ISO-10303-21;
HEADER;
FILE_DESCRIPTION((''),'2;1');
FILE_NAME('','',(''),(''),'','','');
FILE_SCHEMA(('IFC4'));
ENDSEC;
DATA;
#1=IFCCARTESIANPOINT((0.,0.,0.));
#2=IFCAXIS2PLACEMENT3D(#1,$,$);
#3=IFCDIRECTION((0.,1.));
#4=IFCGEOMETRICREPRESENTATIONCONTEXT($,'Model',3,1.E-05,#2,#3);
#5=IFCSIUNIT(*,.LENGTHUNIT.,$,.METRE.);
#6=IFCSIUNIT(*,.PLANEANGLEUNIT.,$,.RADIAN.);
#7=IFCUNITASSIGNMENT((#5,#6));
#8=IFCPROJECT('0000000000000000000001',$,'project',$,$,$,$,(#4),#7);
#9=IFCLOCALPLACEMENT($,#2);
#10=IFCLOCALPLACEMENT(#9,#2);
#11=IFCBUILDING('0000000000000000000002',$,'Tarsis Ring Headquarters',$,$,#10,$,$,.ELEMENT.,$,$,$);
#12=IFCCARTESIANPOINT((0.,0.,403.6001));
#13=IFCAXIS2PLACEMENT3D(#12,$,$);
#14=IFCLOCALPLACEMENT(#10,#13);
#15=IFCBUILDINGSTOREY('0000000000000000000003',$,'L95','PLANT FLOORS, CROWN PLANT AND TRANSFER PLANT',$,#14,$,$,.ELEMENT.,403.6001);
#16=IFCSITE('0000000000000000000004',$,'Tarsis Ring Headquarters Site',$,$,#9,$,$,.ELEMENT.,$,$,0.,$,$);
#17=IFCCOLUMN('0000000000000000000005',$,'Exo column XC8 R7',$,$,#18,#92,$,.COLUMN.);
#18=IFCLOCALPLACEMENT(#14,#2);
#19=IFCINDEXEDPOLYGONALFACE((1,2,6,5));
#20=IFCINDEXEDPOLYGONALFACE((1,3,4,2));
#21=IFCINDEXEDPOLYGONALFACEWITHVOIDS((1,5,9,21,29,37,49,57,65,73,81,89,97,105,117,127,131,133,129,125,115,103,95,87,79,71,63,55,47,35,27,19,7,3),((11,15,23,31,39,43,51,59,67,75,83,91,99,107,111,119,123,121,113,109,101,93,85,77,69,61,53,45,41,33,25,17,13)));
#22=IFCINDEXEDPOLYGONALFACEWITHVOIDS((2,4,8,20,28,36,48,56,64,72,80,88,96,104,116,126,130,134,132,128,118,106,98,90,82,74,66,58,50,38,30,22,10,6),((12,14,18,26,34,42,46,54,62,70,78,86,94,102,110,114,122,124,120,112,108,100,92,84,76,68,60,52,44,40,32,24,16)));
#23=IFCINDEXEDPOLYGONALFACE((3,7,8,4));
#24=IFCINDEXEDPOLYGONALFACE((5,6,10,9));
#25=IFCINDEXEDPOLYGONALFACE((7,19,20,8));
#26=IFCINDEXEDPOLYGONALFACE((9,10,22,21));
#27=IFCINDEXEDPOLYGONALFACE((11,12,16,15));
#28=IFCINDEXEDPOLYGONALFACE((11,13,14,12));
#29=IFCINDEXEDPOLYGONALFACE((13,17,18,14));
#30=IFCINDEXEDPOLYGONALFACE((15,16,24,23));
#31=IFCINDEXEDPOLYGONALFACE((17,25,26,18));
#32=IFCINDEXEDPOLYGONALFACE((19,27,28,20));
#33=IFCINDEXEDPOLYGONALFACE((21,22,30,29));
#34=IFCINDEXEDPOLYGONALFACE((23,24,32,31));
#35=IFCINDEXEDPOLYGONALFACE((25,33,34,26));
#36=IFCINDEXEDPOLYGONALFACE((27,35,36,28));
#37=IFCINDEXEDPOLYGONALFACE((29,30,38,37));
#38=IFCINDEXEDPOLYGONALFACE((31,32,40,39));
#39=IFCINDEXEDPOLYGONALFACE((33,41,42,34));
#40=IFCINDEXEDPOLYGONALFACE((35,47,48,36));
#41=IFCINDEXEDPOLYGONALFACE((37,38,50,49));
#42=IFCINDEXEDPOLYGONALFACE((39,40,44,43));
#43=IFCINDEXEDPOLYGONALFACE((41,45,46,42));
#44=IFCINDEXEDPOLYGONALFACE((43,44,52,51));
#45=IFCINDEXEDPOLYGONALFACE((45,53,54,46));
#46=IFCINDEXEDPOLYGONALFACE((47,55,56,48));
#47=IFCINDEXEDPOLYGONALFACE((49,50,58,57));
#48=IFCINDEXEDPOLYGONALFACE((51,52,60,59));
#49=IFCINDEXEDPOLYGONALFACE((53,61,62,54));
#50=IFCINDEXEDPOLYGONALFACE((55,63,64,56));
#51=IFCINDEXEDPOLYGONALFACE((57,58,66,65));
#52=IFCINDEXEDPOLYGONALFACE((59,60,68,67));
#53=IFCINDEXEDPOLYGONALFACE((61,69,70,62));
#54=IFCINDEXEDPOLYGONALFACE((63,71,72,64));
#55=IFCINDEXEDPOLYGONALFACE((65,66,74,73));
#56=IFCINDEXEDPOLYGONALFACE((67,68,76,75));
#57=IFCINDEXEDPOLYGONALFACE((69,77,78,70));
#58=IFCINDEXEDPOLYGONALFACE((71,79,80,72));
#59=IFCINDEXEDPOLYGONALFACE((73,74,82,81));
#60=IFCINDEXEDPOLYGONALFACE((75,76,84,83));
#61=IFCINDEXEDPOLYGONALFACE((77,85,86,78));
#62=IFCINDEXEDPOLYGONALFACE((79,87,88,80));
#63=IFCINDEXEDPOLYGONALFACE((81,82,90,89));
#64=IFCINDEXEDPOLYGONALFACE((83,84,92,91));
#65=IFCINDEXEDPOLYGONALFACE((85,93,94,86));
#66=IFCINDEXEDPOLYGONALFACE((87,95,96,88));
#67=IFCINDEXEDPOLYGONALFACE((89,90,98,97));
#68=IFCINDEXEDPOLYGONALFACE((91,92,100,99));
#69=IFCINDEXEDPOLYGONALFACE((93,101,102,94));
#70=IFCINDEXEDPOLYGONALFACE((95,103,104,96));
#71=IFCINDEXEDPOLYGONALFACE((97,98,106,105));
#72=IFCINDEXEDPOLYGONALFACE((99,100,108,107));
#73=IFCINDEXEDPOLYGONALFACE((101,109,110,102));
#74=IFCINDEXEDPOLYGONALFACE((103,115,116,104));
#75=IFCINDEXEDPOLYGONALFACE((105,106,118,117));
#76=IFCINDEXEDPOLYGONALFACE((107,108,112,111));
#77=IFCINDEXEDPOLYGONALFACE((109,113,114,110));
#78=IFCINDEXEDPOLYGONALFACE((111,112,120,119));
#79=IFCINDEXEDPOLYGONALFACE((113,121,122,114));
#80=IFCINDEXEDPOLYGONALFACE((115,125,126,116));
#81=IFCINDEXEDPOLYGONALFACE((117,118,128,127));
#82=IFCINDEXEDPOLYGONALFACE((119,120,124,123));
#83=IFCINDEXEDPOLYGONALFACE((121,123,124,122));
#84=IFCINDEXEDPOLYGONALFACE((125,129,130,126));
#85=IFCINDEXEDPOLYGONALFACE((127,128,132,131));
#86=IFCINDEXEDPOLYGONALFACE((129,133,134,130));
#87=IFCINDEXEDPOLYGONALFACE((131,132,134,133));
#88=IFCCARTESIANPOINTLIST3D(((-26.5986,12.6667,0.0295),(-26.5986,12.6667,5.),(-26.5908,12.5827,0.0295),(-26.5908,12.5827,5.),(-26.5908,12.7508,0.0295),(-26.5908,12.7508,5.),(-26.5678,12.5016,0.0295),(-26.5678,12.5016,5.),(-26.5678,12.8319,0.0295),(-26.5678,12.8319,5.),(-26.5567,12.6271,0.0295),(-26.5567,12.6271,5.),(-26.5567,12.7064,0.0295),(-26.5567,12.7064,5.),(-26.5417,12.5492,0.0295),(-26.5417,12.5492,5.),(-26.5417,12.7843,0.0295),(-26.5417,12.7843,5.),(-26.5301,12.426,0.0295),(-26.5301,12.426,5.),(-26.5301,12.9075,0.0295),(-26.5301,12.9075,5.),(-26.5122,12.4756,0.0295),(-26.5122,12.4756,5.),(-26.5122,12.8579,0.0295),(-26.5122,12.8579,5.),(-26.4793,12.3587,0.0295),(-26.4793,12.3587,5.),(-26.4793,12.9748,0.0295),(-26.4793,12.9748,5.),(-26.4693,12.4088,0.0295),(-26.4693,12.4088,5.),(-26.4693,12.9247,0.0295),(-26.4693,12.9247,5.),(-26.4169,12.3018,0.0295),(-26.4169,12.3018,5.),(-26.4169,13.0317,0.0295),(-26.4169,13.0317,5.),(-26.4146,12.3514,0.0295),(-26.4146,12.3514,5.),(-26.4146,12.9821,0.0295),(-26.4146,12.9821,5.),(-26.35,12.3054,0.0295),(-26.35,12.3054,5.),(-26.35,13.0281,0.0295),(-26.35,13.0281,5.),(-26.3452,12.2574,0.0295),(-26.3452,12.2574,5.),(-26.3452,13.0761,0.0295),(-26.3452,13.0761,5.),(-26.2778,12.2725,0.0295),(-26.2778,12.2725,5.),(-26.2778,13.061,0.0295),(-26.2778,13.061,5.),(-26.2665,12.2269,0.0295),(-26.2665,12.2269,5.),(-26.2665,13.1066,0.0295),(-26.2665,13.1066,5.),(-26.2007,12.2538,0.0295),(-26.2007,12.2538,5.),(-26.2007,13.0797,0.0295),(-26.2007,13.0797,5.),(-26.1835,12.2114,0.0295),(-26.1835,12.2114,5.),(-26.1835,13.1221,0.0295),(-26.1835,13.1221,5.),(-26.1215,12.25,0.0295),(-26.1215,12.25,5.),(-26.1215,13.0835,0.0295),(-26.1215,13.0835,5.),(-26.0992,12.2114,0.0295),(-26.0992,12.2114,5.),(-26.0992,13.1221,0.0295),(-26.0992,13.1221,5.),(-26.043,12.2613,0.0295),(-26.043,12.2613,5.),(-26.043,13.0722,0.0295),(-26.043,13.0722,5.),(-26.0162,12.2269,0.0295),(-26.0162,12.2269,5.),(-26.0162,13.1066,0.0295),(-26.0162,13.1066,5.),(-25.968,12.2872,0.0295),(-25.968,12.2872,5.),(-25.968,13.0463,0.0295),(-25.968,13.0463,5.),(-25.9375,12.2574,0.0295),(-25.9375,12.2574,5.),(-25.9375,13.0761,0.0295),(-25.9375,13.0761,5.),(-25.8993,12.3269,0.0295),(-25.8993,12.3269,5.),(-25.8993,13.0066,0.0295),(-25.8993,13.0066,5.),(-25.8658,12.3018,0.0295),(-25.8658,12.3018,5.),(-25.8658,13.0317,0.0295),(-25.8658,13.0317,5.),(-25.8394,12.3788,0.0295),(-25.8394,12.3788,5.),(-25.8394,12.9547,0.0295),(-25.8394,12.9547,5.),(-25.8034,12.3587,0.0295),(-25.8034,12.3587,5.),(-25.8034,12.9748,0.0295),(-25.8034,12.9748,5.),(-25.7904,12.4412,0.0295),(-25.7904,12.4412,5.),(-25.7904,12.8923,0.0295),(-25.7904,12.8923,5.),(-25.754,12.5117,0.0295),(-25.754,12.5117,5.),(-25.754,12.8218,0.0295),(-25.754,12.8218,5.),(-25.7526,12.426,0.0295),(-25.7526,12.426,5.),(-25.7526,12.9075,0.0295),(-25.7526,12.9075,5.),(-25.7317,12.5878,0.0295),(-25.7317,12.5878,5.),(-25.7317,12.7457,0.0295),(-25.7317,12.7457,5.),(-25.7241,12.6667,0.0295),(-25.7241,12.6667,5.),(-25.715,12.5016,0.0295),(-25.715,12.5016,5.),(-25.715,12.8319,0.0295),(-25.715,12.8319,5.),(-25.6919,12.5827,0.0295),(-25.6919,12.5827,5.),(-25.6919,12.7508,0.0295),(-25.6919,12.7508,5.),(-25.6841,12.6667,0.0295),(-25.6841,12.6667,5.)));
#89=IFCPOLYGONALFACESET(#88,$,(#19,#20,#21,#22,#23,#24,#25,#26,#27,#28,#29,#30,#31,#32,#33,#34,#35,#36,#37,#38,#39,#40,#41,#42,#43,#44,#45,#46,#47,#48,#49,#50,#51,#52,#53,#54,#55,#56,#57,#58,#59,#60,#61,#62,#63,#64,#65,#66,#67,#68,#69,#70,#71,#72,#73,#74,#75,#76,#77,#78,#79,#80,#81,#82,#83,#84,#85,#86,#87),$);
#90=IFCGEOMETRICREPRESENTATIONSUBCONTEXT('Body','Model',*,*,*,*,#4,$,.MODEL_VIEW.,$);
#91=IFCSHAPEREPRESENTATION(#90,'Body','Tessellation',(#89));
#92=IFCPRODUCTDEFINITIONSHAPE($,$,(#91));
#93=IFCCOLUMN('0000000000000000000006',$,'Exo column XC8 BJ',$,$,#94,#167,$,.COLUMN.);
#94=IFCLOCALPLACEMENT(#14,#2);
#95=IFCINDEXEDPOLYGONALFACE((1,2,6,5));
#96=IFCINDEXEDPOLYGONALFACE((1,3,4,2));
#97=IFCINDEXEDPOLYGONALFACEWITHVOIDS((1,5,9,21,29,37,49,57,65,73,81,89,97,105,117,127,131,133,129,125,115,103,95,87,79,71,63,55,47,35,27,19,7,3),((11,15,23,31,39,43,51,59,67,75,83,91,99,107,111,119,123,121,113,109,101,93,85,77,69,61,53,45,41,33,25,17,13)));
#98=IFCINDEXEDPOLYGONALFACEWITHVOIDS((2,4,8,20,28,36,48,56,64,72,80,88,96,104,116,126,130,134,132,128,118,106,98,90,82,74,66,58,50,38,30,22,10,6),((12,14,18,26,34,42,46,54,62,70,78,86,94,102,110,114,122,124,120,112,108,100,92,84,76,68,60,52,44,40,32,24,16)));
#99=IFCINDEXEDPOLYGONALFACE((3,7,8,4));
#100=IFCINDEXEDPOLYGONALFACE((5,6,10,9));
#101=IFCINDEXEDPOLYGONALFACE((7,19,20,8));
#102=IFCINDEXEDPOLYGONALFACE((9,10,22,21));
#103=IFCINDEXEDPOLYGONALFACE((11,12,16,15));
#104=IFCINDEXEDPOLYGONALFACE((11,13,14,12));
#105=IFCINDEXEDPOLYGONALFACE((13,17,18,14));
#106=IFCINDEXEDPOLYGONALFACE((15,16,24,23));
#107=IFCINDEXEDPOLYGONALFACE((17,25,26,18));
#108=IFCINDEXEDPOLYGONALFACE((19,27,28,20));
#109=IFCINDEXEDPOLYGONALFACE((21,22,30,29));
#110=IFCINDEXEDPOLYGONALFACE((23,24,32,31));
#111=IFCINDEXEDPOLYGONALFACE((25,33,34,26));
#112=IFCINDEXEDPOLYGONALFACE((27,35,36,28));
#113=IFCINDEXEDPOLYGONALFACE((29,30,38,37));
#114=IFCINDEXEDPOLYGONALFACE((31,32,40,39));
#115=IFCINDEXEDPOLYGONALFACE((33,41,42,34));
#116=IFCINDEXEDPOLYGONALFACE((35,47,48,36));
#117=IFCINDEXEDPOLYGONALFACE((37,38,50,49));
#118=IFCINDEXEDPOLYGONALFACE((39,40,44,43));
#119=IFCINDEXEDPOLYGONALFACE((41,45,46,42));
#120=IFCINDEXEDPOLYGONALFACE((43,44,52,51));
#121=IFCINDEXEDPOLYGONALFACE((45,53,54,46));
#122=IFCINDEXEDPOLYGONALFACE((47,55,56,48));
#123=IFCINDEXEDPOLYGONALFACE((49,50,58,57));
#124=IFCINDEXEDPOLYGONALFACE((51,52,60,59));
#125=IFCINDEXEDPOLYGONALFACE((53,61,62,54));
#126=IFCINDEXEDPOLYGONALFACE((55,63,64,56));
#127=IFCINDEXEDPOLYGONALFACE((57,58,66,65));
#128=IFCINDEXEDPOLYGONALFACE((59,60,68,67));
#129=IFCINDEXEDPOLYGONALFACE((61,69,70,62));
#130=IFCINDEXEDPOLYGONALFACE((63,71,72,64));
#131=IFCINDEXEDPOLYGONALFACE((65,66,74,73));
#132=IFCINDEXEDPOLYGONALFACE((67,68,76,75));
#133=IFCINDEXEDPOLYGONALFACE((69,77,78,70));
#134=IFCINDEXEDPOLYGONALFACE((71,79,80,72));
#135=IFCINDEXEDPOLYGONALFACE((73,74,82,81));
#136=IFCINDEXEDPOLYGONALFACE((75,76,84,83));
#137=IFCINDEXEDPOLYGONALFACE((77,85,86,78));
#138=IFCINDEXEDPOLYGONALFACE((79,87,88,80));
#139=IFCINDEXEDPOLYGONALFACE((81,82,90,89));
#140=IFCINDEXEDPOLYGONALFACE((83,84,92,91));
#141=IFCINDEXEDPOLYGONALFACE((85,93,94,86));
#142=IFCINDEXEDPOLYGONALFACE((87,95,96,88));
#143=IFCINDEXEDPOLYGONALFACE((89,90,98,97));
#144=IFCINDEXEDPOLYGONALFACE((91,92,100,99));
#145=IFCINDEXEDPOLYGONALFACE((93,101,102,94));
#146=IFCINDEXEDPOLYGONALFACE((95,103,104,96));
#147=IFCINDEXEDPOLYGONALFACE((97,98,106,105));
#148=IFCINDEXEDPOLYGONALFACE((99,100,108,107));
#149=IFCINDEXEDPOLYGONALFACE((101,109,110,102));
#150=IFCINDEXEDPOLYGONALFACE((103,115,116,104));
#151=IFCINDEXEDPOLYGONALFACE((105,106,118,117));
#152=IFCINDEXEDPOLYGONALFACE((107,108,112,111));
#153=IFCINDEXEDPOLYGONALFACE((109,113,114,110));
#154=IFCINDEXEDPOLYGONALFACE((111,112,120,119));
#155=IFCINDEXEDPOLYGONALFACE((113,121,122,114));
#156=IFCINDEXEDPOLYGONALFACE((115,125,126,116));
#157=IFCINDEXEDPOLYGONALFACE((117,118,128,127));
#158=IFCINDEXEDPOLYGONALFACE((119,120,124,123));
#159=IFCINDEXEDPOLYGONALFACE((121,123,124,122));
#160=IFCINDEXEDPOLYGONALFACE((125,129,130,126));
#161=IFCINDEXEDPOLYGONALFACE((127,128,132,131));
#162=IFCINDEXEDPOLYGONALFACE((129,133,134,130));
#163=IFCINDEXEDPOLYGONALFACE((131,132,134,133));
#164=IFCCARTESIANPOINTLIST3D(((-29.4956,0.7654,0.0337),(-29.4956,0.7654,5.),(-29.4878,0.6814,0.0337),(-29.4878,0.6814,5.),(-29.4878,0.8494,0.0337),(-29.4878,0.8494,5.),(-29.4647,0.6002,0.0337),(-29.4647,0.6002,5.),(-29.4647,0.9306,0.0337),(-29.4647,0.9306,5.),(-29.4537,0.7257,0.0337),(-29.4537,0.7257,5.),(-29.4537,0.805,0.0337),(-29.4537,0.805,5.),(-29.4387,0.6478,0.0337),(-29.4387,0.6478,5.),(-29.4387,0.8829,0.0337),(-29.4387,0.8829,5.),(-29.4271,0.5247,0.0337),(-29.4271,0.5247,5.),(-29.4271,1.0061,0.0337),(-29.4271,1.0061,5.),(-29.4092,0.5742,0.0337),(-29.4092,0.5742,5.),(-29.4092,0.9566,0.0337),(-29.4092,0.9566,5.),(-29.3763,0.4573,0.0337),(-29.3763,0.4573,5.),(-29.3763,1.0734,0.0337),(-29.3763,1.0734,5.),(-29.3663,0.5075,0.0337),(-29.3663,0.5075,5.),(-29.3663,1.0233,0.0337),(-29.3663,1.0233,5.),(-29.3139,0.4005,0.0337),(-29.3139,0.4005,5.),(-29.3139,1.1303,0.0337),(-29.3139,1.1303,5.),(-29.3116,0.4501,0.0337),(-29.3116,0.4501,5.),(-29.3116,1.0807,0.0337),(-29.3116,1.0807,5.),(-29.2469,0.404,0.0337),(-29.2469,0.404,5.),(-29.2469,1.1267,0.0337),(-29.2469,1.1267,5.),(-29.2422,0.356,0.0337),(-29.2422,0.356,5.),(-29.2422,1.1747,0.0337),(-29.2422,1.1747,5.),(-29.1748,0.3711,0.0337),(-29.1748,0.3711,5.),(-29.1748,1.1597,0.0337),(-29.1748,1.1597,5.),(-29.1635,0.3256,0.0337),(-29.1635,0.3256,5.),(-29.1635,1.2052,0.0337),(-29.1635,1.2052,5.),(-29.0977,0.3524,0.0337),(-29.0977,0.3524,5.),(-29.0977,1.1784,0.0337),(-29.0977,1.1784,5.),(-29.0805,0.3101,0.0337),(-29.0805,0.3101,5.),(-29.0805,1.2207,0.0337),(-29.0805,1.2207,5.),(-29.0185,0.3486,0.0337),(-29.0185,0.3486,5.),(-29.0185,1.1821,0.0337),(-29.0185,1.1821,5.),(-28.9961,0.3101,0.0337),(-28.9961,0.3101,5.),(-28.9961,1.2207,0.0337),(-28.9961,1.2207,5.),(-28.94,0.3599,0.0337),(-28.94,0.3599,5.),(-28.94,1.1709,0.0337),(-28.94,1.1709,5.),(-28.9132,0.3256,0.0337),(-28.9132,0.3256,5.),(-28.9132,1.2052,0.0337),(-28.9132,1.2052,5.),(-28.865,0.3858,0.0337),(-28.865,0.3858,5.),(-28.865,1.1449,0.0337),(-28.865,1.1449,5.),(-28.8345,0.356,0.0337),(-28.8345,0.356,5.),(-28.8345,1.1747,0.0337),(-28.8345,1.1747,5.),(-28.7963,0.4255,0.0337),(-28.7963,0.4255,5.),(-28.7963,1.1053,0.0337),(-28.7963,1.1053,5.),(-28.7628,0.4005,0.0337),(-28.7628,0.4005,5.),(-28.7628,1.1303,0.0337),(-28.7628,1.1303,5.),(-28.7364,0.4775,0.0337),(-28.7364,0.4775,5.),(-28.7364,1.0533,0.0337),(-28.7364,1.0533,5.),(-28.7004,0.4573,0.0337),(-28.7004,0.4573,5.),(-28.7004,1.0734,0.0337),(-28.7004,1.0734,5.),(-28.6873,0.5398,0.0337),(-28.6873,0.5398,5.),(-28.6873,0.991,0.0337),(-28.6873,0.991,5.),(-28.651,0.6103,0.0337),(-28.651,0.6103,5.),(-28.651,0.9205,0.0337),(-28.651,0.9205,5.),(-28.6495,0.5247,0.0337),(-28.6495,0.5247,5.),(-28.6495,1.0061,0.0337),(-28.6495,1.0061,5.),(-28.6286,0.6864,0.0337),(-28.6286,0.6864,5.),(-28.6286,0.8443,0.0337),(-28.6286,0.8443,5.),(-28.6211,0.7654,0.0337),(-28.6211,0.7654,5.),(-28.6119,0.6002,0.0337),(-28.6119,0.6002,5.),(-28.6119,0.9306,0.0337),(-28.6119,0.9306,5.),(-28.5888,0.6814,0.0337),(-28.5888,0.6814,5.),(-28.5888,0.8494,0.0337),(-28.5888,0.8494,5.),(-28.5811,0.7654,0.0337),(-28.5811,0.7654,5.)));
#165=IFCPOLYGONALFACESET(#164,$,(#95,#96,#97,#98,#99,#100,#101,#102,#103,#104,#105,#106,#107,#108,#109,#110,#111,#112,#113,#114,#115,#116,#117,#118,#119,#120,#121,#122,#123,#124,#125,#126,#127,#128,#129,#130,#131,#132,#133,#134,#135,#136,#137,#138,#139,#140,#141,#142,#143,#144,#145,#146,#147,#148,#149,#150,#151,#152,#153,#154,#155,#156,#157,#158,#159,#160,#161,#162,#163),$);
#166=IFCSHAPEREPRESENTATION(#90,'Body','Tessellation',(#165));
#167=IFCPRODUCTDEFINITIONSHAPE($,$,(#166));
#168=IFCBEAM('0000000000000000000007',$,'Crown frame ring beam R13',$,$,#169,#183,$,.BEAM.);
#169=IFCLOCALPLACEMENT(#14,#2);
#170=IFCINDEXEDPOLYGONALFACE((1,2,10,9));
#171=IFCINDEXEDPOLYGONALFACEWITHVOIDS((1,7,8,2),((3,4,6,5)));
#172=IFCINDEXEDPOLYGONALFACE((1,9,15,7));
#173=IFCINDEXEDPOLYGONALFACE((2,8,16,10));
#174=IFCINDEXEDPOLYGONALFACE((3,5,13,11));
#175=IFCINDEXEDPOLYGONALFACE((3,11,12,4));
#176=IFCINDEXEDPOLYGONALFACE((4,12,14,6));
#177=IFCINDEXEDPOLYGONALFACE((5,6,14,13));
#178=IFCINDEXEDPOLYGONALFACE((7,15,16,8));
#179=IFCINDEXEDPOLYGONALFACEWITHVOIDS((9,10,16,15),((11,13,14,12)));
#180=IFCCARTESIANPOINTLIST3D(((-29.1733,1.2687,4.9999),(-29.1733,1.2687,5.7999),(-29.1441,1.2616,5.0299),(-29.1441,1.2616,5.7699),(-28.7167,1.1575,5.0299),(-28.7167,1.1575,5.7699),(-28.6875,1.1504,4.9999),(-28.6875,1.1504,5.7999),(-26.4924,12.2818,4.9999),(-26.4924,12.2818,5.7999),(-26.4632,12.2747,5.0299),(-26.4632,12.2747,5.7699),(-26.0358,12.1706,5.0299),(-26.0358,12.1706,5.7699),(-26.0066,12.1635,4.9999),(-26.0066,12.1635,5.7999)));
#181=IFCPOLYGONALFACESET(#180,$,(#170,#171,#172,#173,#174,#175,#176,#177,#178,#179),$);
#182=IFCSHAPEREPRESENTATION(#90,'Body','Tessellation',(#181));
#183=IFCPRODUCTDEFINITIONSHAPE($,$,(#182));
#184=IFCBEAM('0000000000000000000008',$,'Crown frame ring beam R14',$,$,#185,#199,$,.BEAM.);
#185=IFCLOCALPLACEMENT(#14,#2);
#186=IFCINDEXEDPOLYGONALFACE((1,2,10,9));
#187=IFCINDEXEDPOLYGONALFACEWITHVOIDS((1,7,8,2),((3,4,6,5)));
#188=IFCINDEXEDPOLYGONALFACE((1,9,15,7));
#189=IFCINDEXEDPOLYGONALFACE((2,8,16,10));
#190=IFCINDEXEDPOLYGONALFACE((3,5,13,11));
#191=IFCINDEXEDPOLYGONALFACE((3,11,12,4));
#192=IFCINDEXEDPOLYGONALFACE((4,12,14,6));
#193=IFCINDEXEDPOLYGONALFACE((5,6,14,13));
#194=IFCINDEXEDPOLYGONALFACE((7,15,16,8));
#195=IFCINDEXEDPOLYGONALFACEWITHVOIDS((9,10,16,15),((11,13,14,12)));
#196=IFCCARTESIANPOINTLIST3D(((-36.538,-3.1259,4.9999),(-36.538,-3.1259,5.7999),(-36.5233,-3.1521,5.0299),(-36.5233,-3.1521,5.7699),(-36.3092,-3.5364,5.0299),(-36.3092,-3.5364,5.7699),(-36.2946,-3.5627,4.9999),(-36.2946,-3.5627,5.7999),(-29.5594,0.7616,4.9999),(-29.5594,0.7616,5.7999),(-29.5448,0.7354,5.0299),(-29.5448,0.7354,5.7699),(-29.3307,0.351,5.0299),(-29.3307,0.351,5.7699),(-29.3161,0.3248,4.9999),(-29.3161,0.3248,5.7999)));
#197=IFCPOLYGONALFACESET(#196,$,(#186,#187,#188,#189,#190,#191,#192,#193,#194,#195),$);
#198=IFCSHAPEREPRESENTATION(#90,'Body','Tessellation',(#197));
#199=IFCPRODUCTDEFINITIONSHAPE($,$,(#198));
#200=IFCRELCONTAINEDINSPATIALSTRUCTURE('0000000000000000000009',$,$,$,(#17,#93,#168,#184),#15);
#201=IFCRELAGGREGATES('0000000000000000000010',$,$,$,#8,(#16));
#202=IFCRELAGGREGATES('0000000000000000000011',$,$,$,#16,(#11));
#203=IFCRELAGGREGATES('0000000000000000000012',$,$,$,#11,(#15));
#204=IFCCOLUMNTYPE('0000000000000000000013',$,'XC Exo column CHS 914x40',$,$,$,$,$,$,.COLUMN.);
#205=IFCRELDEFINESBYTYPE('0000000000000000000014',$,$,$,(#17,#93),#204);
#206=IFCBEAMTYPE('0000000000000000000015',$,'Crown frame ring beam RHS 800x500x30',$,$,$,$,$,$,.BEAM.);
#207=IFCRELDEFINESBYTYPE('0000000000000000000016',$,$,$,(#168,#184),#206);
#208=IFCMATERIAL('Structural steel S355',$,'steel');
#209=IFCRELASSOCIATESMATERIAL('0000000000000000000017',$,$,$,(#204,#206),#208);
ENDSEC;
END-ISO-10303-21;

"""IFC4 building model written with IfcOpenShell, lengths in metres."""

from ifc_helpers import new_model, si_unit, direction, frame, origin, origin_2d, place, context, subcontext, project, spatial, hollow_rectangle, hollow_circle, extrude, material, material_profile, profile_set, type_object, element, save


model = new_model("IFC4")

# Units and contexts
model_context = context("Model", 3, precision=1e-05, world=origin(), true_north=direction((0.0, 1.0)))
body_context = subcontext(model_context, "Body", "Model", "MODEL_VIEW")
ifc_project = project(units=[si_unit("LENGTHUNIT", "METRE"), si_unit("PLANEANGLEUNIT", "RADIAN")], contexts=[model_context])

# Site, building, storey
site_placement = place(None, origin())
site = spatial("IfcSite", under=ifc_project, at=site_placement, Name="Tarsis Ring Headquarters Site", CompositionType="ELEMENT", RefElevation=0.0)
building_placement = place(site_placement, origin())
building = spatial("IfcBuilding", under=site, at=building_placement, Name="Tarsis Ring Headquarters", CompositionType="ELEMENT")
storey_placement = place(building_placement, frame((0.0, 0.0, 403.6001)))
storey = spatial("IfcBuildingStorey", under=building, at=storey_placement, Name="L95", Description="PLANT FLOORS, CROWN PLANT AND TRANSFER PLANT", CompositionType="ELEMENT", Elevation=403.6001)

# Columns
ifc_material_1 = material(Name="Structural steel S355", Category="steel")
ifc_material_profile_1 = material_profile(ifc_material_1, hollow_circle(Radius=0.457, WallThickness=0.04, at=origin_2d()), Name="CHS 914x40")
ifc_profile_set_1 = profile_set([ifc_material_profile_1], Name="Structural steel S355")
column_type_1 = type_object("IfcColumnType", Name="XC Exo column CHS 914x40", PredefinedType="COLUMN", material=ifc_profile_set_1)
column_1_placement = place(storey_placement, frame((-26.1414, 12.6667, 0.0295), z_axis=(0.0, 0.0, 1.0), x_axis=(1.0, 0.0, 0.0)))
element("IfcColumn", 1, at=column_1_placement, inside=storey, type_object=column_type_1, Name="Exo column XC8 R7", PredefinedType="COLUMN", context=body_context, shape_type="SweptSolid", body=[
    extrude(hollow_circle(Radius=0.4573, WallThickness=0.04, at=origin_2d()), origin(), (0.0, 0.0, 1.0), 4.9705),
])
column_2_placement = place(storey_placement, frame((-29.0383, 0.7654, 0.0337), z_axis=(0.0, 0.0, 1.0), x_axis=(1.0, 0.0, 0.0)))
element("IfcColumn", 2, at=column_2_placement, inside=storey, type_object=column_type_1, Name="Exo column XC8 BJ", PredefinedType="COLUMN", context=body_context, shape_type="SweptSolid", body=[
    extrude(hollow_circle(Radius=0.4573, WallThickness=0.04, at=origin_2d()), origin(), (0.0, 0.0, 1.0), 4.9663),
])

# Beams
ifc_material_profile_2 = material_profile(ifc_material_1, hollow_rectangle(XDim=0.5, YDim=0.8, WallThickness=0.03, at=origin_2d()), Name="RHS 800x500x30")
ifc_profile_set_2 = profile_set([ifc_material_profile_2], Name="Structural steel S355")
beam_type_1 = type_object("IfcBeamType", Name="Crown frame ring beam RHS 800x500x30", PredefinedType="BEAM", material=ifc_profile_set_2)
beam_1_placement = place(storey_placement, frame((-26.2495, 12.2227, 5.3999), z_axis=(-0.23652, -0.971627, 0.0), x_axis=(0.971627, -0.23652, 0.0)))
element("IfcBeam", 3, at=beam_1_placement, inside=storey, type_object=beam_type_1, Name="Crown frame ring beam R13", PredefinedType="BEAM", context=body_context, shape_type="SweptSolid", body=[
    extrude(hollow_rectangle(XDim=0.5, YDim=0.8, WallThickness=0.03, at=origin_2d()), origin(), (0.0, 0.0, 1.0), 11.3347),
])
beam_2_placement = place(storey_placement, frame((-29.4377, 0.5432, 5.3999), z_axis=(-0.873599, -0.486647, 0.0), x_axis=(0.486647, -0.873599, 0.0)))
element("IfcBeam", 4, at=beam_2_placement, inside=storey, type_object=beam_type_1, Name="Crown frame ring beam R14", PredefinedType="BEAM", context=body_context, shape_type="SweptSolid", body=[
    extrude(hollow_rectangle(XDim=0.5, YDim=0.8, WallThickness=0.03, at=origin_2d()), origin(), (0.0, 0.0, 1.0), 7.9883),
])

save(model, "model.ifc")
